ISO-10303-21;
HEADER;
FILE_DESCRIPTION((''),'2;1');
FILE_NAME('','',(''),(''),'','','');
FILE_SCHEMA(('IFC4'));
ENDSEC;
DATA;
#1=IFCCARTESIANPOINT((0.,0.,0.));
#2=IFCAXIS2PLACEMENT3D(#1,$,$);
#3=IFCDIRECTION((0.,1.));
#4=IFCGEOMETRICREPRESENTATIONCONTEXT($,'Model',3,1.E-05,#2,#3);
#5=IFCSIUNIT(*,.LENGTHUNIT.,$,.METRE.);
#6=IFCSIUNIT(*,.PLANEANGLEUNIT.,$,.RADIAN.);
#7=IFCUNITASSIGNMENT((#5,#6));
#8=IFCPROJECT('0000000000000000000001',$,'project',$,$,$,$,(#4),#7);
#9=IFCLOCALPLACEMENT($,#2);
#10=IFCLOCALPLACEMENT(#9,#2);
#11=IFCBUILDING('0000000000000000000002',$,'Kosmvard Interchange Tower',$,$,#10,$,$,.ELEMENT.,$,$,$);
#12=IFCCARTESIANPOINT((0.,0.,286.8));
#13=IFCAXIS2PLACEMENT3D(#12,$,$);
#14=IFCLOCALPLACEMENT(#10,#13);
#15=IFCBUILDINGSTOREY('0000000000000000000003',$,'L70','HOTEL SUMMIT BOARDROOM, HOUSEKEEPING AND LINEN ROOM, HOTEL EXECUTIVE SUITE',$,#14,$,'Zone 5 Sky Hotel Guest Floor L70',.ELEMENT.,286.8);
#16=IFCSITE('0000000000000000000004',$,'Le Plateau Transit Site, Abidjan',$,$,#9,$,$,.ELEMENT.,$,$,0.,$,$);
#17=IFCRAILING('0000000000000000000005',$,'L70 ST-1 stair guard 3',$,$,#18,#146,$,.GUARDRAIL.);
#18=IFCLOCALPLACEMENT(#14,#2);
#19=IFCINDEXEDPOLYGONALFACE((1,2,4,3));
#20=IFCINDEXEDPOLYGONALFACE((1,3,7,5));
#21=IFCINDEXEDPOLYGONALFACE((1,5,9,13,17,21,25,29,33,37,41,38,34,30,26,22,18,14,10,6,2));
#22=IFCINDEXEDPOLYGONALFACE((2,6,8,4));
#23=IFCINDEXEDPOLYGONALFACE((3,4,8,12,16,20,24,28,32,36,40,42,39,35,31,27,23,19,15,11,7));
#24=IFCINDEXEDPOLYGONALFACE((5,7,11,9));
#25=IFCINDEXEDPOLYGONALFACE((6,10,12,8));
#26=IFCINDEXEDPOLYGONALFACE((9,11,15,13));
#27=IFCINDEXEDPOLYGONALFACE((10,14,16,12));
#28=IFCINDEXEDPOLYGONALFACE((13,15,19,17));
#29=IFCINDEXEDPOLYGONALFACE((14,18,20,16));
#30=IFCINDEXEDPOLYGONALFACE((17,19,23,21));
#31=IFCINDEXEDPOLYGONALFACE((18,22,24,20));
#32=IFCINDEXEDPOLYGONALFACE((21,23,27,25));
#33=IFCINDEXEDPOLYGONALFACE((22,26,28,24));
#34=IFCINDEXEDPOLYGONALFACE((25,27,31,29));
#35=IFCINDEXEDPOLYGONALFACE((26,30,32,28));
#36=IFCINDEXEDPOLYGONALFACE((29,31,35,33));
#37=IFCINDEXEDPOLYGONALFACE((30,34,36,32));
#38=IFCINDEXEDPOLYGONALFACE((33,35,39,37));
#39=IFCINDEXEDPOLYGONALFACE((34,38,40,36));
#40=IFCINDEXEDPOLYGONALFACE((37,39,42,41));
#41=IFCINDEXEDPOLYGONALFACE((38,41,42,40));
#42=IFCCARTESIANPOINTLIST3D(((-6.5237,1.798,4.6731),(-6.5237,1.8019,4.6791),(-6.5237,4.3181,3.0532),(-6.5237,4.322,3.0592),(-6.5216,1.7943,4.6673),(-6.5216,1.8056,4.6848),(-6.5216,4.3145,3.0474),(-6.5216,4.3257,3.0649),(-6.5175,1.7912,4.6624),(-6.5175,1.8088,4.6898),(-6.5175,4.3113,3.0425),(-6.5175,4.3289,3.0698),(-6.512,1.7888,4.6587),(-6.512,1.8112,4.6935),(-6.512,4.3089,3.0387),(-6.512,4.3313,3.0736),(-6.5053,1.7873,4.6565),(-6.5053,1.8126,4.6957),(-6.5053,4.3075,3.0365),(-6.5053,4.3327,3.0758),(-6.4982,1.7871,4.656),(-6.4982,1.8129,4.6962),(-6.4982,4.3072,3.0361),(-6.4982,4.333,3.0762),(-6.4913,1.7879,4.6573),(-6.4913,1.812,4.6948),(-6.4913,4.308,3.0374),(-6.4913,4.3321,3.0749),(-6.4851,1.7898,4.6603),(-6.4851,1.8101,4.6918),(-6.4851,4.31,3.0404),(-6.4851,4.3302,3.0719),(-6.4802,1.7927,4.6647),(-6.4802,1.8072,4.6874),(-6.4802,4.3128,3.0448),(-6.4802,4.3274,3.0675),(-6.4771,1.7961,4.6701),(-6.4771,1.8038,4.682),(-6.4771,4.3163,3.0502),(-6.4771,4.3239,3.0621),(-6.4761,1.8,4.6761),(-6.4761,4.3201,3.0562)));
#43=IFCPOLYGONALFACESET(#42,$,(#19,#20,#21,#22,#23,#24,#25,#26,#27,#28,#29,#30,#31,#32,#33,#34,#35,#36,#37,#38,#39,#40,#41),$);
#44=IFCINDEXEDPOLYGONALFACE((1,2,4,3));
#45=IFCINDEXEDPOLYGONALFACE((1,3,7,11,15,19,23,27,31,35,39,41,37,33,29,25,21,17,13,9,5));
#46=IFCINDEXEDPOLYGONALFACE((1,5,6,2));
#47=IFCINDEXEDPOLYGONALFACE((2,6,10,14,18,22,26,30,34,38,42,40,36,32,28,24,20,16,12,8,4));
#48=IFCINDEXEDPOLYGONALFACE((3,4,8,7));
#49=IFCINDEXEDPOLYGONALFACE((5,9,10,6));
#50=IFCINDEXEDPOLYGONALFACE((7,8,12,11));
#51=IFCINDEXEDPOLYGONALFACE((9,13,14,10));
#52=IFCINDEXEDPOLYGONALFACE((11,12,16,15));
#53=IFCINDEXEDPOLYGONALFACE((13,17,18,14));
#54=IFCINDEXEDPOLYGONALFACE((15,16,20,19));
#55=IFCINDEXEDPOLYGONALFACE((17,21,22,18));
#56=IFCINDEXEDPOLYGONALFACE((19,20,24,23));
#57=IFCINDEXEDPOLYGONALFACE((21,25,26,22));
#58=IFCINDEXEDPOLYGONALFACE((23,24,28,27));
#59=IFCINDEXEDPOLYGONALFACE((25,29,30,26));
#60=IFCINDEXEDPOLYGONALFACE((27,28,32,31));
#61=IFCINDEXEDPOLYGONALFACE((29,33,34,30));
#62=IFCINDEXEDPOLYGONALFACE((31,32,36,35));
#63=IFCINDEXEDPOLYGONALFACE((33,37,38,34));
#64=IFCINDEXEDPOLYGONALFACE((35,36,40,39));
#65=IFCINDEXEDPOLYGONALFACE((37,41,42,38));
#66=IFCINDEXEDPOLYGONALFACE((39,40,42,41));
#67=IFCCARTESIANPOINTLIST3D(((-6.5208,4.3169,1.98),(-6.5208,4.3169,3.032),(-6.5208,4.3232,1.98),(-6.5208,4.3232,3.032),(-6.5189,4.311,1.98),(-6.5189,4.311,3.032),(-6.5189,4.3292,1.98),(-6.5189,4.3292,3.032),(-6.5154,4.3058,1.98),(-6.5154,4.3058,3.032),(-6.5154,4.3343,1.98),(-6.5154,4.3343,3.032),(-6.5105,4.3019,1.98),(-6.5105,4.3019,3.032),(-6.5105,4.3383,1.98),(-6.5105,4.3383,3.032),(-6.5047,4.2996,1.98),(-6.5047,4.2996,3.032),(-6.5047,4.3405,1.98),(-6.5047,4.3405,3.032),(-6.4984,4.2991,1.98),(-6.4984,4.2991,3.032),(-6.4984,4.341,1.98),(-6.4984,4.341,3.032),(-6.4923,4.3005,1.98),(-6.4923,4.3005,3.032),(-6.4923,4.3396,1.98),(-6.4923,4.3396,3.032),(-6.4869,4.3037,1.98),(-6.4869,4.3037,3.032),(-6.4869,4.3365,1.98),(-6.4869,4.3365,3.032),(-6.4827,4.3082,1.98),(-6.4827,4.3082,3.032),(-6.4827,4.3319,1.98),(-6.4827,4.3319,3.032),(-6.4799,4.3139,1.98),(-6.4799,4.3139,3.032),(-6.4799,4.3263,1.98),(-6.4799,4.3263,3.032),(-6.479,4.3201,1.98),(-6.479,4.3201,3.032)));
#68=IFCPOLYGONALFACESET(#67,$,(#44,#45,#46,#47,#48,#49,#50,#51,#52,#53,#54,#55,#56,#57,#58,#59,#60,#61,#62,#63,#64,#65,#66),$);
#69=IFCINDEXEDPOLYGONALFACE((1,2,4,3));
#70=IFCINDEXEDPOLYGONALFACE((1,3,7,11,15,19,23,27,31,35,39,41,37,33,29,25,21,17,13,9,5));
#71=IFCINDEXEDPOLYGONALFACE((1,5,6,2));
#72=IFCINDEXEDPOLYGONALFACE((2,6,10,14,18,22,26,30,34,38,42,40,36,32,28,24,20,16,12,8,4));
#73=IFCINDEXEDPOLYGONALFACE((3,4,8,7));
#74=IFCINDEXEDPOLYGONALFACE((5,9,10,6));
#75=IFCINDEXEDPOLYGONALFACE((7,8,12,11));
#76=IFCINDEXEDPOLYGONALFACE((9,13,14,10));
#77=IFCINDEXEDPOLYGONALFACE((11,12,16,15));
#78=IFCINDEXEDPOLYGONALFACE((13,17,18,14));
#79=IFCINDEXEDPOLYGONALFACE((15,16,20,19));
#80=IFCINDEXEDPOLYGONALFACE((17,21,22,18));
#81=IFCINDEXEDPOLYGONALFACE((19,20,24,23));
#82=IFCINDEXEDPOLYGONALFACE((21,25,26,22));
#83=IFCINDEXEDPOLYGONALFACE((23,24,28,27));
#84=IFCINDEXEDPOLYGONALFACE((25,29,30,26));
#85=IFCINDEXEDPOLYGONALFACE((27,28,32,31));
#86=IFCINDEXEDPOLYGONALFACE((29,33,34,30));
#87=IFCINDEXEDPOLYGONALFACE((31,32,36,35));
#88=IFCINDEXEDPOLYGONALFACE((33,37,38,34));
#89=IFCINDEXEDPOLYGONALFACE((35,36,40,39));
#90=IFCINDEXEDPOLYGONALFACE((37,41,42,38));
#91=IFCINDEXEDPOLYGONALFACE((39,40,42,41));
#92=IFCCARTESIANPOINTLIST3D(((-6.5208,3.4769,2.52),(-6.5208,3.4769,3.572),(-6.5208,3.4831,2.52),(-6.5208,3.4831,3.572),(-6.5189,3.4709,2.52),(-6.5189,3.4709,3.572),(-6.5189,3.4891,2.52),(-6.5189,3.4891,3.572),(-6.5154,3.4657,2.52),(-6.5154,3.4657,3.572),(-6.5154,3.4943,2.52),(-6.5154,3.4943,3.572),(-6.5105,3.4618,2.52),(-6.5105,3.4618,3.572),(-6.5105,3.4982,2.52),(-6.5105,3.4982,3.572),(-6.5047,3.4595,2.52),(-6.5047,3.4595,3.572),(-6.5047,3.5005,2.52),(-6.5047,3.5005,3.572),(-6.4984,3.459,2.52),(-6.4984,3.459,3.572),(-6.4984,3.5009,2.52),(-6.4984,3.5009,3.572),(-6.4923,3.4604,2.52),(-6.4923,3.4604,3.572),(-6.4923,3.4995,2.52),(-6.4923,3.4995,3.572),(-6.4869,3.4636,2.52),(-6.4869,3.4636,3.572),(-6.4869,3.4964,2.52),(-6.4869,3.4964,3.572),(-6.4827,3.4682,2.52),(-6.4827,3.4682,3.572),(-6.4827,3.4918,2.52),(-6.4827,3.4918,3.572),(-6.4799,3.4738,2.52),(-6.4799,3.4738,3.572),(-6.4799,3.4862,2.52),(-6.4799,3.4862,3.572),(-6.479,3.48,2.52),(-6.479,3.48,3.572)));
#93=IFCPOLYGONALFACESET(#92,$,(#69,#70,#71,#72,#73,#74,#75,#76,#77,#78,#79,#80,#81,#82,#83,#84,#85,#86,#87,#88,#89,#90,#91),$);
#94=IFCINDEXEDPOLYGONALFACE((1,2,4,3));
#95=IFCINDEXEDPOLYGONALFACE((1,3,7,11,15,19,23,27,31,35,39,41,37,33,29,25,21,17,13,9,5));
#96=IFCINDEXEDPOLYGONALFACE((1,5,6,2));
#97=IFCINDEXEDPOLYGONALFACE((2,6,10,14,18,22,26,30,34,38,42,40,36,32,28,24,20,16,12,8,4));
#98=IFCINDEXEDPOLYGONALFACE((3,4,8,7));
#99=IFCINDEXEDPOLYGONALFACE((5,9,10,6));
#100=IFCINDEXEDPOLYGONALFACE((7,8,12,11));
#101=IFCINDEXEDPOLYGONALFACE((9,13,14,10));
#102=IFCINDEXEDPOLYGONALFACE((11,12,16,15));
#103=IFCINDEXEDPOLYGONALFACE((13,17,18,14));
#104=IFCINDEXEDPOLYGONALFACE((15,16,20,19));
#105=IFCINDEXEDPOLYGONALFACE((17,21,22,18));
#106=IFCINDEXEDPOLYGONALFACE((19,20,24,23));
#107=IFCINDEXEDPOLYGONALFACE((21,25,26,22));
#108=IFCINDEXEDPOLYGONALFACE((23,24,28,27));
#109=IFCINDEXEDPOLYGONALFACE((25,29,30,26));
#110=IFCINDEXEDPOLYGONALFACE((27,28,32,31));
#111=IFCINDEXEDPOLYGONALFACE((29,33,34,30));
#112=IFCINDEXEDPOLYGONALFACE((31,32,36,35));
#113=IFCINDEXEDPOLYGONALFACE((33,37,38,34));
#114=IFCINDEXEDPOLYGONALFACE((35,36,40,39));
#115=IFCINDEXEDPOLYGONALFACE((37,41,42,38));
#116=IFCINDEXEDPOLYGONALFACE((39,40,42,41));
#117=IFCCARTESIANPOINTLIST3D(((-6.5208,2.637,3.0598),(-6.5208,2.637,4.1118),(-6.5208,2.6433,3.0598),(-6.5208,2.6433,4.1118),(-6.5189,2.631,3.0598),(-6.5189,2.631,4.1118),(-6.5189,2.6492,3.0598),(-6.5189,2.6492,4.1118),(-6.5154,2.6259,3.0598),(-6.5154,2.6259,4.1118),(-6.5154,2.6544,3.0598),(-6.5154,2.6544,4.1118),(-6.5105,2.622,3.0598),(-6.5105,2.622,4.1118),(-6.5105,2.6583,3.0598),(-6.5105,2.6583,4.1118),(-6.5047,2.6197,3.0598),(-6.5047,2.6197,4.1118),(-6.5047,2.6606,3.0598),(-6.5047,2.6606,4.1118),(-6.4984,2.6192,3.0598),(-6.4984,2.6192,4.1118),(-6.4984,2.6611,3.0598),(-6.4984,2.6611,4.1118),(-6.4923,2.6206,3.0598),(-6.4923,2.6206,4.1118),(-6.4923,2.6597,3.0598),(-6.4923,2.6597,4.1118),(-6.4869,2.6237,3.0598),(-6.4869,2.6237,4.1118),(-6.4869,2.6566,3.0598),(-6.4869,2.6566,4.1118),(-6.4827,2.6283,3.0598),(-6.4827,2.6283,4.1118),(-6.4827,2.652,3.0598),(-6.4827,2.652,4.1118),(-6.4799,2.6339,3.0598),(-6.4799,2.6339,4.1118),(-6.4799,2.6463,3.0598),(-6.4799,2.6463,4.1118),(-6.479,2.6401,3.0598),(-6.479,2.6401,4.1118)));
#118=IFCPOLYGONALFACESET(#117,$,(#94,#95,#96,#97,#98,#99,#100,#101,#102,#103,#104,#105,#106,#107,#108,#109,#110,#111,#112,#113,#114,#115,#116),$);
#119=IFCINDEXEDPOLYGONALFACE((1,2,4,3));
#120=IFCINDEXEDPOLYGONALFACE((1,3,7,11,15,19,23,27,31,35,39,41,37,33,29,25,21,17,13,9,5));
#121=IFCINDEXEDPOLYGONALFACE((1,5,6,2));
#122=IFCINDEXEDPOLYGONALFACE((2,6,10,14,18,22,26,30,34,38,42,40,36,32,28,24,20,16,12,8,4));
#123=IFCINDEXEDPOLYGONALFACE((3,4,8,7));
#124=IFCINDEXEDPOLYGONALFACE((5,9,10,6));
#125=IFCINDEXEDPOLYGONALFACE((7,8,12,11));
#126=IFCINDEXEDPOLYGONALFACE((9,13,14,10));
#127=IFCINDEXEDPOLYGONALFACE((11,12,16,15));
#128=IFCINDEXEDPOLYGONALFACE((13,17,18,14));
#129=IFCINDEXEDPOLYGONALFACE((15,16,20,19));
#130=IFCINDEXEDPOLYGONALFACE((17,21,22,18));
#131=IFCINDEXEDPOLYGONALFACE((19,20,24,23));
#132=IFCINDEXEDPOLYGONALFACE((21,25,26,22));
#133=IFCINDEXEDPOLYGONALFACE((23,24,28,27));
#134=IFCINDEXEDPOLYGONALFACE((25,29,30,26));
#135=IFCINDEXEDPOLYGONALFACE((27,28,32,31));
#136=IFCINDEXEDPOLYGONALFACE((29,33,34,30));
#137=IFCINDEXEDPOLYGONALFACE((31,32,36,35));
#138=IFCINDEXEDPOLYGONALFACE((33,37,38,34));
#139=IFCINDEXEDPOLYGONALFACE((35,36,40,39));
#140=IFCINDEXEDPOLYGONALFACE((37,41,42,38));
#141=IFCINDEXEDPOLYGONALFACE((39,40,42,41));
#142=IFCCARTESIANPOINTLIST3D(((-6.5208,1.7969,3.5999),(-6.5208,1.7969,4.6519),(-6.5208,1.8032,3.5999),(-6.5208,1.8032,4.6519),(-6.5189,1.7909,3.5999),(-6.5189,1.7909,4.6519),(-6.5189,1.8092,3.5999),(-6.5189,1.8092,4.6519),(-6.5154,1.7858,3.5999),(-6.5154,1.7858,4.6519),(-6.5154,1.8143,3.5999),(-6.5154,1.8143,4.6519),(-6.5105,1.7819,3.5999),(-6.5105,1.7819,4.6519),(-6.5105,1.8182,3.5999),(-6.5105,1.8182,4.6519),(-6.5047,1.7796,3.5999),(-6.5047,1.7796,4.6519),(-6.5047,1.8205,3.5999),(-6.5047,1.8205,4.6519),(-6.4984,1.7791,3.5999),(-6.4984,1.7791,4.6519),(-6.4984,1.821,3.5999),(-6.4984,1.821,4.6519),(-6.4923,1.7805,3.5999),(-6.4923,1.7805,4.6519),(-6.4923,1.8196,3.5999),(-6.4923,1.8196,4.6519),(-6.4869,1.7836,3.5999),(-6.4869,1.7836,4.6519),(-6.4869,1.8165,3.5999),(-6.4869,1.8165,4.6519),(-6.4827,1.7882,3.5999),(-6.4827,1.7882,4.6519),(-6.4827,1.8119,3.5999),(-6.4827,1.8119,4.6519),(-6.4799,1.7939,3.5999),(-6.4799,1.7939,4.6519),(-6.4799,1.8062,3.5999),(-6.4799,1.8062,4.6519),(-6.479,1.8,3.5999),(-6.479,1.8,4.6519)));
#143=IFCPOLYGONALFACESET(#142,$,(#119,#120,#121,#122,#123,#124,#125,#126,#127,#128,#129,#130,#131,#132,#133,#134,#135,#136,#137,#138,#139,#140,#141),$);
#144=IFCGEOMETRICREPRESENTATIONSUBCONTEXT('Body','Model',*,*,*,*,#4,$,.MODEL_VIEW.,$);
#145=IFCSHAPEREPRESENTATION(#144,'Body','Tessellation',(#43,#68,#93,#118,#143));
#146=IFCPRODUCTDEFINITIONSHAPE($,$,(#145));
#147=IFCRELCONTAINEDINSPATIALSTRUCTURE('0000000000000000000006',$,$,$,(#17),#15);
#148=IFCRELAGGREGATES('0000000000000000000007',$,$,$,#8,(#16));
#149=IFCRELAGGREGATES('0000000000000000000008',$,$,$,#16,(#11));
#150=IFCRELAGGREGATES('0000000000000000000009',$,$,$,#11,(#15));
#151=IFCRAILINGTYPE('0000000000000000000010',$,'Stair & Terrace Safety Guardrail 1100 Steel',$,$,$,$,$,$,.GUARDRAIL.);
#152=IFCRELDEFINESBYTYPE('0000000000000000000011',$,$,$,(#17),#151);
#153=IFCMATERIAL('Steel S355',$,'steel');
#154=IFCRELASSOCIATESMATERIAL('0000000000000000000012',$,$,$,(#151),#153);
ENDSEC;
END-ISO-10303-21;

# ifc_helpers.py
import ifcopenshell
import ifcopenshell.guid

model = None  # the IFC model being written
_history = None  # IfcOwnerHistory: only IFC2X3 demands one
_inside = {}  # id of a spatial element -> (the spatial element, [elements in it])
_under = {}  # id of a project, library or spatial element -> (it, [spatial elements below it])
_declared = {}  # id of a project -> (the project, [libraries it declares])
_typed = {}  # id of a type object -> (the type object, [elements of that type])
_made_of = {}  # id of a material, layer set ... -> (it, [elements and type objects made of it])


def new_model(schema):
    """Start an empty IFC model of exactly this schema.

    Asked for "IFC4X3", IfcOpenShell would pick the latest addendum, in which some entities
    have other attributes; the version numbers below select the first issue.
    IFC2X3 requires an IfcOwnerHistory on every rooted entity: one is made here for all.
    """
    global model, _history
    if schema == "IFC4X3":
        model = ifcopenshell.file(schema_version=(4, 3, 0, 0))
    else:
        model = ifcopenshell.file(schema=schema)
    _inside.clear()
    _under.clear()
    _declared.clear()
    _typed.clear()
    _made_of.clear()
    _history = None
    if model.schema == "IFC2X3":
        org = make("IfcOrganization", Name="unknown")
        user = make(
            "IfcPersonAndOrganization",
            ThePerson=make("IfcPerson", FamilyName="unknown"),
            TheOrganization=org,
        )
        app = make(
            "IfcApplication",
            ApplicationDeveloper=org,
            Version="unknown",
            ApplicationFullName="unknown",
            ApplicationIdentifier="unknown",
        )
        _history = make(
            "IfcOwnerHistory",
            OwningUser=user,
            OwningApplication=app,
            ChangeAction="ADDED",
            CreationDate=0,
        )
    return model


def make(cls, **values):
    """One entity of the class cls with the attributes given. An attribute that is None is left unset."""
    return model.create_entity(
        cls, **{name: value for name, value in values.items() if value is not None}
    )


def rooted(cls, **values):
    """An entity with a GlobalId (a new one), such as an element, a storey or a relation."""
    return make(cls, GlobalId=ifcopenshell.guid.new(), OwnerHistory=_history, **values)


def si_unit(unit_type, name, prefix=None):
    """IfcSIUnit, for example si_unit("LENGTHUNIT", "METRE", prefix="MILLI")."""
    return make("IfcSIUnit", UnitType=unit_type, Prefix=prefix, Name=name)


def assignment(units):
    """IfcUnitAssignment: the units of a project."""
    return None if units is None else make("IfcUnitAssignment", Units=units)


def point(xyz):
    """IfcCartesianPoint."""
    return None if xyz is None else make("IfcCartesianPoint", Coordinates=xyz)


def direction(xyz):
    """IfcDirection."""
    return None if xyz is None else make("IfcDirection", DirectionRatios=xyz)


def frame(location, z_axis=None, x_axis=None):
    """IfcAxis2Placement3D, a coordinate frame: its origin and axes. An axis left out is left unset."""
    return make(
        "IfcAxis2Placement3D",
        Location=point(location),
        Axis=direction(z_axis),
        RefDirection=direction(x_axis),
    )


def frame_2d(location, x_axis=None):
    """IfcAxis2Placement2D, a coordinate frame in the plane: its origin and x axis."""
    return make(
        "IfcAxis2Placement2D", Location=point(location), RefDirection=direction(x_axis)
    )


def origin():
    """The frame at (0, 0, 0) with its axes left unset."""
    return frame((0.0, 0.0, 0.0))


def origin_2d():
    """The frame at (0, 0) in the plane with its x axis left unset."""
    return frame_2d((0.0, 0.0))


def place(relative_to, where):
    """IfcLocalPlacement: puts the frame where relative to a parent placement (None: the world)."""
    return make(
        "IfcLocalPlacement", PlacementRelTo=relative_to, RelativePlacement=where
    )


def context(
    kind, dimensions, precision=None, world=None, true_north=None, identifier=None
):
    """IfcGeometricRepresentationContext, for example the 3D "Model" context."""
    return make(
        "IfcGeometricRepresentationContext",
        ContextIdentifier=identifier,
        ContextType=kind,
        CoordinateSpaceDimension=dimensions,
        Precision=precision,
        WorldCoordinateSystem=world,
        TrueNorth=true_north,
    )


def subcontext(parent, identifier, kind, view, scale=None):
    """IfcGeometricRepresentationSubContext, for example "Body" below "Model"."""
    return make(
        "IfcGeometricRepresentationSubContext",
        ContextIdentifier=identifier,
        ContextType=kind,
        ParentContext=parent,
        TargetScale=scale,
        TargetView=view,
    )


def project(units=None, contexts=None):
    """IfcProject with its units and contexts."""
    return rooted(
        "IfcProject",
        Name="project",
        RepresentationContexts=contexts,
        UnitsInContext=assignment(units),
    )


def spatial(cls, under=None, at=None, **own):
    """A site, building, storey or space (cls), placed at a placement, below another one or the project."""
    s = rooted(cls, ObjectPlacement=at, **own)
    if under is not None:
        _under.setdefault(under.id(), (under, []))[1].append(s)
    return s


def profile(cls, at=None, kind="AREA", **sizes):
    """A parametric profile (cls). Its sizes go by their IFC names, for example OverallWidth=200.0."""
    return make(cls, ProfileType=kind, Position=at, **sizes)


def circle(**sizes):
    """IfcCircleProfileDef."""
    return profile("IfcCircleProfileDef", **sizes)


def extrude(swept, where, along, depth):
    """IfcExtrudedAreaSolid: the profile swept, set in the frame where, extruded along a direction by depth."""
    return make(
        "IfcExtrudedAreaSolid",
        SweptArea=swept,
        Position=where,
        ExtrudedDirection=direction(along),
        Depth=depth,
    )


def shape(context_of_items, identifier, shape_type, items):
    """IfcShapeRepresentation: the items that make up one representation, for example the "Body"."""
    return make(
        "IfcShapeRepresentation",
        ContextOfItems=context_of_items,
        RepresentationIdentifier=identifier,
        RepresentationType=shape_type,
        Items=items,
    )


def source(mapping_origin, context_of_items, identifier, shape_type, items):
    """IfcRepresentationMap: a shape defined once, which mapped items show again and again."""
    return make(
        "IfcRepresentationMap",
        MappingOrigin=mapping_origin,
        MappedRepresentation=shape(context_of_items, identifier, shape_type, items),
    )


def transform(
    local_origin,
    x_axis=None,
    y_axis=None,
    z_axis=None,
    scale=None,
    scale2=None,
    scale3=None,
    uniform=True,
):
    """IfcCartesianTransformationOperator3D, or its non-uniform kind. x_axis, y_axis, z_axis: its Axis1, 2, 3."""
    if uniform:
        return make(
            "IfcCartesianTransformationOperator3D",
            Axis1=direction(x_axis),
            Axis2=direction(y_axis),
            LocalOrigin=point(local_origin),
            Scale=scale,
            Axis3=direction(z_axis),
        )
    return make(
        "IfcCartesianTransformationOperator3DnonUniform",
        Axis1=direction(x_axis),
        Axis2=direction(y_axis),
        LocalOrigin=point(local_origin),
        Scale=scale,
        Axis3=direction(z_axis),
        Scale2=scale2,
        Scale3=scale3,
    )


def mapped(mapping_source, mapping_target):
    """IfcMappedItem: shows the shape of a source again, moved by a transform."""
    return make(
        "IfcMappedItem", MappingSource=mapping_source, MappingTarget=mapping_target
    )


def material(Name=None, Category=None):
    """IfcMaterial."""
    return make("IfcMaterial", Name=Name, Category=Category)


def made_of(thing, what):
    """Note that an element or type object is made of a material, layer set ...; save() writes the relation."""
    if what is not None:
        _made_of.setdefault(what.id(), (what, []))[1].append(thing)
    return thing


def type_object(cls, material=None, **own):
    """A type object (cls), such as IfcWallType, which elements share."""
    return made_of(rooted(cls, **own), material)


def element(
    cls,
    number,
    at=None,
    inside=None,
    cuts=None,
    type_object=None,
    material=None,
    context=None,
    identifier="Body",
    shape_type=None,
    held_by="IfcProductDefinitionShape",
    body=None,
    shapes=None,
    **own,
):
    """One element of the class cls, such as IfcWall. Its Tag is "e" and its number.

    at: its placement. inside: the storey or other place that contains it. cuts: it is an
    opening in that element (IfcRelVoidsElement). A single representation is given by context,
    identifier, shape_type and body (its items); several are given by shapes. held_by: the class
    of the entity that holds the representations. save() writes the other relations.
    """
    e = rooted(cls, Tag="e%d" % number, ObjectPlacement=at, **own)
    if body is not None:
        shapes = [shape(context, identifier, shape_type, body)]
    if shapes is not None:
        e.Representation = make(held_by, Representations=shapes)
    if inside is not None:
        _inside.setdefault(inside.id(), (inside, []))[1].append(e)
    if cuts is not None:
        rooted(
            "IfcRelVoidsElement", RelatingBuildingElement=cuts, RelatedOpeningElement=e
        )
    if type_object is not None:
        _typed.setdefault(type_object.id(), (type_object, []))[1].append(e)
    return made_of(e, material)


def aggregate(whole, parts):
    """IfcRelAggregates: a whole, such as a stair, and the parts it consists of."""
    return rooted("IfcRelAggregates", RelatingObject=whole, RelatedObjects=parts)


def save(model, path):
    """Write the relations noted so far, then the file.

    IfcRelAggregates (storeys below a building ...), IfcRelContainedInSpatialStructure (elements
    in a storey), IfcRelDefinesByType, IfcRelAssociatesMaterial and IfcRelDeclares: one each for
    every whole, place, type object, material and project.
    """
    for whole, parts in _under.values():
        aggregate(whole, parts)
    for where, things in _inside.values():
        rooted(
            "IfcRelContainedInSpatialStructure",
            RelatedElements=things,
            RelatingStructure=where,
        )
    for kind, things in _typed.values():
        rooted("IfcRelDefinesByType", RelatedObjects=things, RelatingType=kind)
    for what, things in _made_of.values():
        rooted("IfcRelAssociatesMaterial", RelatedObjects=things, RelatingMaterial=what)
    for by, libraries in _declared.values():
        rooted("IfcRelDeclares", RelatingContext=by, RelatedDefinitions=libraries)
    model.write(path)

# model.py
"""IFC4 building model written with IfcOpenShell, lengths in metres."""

from ifc_helpers import new_model, si_unit, direction, frame, origin, origin_2d, place, context, subcontext, project, spatial, circle, extrude, source, transform, mapped, material, type_object, element, save


model = new_model("IFC4")

# Units and contexts
model_context = context("Model", 3, precision=1e-05, world=origin(), true_north=direction((0.0, 1.0)))
body_context = subcontext(model_context, "Body", "Model", "MODEL_VIEW")
ifc_project = project(units=[si_unit("LENGTHUNIT", "METRE"), si_unit("PLANEANGLEUNIT", "RADIAN")], contexts=[model_context])

# Site, building, storey
site_placement = place(None, origin())
site = spatial("IfcSite", under=ifc_project, at=site_placement, Name="Le Plateau Transit Site, Abidjan", CompositionType="ELEMENT", RefElevation=0.0)
building_placement = place(site_placement, origin())
building = spatial("IfcBuilding", under=site, at=building_placement, Name="Kosmvard Interchange Tower", CompositionType="ELEMENT")
storey_placement = place(building_placement, frame((0.0, 0.0, 286.8)))
storey = spatial("IfcBuildingStorey", under=building, at=storey_placement, Name="L70", Description="HOTEL SUMMIT BOARDROOM, HOUSEKEEPING AND LINEN ROOM, HOTEL EXECUTIVE SUITE", LongName="Zone 5 Sky Hotel Guest Floor L70", CompositionType="ELEMENT", Elevation=286.8)

# Shared definitions
ifc_material_1 = material(Name="Steel S355", Category="steel")

# Railing
railing_type_1 = type_object("IfcRailingType", Name="Stair & Terrace Safety Guardrail 1100 Steel", PredefinedType="GUARDRAIL", material=ifc_material_1)
shared_shape_1 = source(origin(), body_context, "Body", "SweptSolid", [
    extrude(circle(Radius=0.0239, at=origin_2d()), frame((0.0, 0.0, 1.0762), z_axis=(0.0, -0.8412, 0.540725), x_axis=(1.0, 0.0, 0.0)), (0.0, 0.0, 1.0), 2.9958),
    extrude(circle(Radius=0.021, at=origin_2d()), origin(), (0.0, 0.0, 1.0), 1.052),
    extrude(circle(Radius=0.021, at=origin_2d()), frame((0.0, -0.8401, 0.54)), (0.0, 0.0, 1.0), 1.052),
    extrude(circle(Radius=0.021, at=origin_2d()), frame((0.0, -1.6799, 1.0798)), (0.0, 0.0, 1.0), 1.052),
    extrude(circle(Radius=0.021, at=origin_2d()), frame((0.0, -2.52, 1.6199)), (0.0, 0.0, 1.0), 1.052),
])
railing_1_placement = place(storey_placement, frame((-6.5, 4.3201, 1.98)))
element("IfcRailing", 1, at=railing_1_placement, inside=storey, type_object=railing_type_1, Name="L70 ST-1 stair guard 3", PredefinedType="GUARDRAIL", context=body_context, shape_type="MappedRepresentation", body=[
    mapped(shared_shape_1, transform((0.0, 0.0, 0.0), scale=1.0)),
])

save(model, "model.ifc")
